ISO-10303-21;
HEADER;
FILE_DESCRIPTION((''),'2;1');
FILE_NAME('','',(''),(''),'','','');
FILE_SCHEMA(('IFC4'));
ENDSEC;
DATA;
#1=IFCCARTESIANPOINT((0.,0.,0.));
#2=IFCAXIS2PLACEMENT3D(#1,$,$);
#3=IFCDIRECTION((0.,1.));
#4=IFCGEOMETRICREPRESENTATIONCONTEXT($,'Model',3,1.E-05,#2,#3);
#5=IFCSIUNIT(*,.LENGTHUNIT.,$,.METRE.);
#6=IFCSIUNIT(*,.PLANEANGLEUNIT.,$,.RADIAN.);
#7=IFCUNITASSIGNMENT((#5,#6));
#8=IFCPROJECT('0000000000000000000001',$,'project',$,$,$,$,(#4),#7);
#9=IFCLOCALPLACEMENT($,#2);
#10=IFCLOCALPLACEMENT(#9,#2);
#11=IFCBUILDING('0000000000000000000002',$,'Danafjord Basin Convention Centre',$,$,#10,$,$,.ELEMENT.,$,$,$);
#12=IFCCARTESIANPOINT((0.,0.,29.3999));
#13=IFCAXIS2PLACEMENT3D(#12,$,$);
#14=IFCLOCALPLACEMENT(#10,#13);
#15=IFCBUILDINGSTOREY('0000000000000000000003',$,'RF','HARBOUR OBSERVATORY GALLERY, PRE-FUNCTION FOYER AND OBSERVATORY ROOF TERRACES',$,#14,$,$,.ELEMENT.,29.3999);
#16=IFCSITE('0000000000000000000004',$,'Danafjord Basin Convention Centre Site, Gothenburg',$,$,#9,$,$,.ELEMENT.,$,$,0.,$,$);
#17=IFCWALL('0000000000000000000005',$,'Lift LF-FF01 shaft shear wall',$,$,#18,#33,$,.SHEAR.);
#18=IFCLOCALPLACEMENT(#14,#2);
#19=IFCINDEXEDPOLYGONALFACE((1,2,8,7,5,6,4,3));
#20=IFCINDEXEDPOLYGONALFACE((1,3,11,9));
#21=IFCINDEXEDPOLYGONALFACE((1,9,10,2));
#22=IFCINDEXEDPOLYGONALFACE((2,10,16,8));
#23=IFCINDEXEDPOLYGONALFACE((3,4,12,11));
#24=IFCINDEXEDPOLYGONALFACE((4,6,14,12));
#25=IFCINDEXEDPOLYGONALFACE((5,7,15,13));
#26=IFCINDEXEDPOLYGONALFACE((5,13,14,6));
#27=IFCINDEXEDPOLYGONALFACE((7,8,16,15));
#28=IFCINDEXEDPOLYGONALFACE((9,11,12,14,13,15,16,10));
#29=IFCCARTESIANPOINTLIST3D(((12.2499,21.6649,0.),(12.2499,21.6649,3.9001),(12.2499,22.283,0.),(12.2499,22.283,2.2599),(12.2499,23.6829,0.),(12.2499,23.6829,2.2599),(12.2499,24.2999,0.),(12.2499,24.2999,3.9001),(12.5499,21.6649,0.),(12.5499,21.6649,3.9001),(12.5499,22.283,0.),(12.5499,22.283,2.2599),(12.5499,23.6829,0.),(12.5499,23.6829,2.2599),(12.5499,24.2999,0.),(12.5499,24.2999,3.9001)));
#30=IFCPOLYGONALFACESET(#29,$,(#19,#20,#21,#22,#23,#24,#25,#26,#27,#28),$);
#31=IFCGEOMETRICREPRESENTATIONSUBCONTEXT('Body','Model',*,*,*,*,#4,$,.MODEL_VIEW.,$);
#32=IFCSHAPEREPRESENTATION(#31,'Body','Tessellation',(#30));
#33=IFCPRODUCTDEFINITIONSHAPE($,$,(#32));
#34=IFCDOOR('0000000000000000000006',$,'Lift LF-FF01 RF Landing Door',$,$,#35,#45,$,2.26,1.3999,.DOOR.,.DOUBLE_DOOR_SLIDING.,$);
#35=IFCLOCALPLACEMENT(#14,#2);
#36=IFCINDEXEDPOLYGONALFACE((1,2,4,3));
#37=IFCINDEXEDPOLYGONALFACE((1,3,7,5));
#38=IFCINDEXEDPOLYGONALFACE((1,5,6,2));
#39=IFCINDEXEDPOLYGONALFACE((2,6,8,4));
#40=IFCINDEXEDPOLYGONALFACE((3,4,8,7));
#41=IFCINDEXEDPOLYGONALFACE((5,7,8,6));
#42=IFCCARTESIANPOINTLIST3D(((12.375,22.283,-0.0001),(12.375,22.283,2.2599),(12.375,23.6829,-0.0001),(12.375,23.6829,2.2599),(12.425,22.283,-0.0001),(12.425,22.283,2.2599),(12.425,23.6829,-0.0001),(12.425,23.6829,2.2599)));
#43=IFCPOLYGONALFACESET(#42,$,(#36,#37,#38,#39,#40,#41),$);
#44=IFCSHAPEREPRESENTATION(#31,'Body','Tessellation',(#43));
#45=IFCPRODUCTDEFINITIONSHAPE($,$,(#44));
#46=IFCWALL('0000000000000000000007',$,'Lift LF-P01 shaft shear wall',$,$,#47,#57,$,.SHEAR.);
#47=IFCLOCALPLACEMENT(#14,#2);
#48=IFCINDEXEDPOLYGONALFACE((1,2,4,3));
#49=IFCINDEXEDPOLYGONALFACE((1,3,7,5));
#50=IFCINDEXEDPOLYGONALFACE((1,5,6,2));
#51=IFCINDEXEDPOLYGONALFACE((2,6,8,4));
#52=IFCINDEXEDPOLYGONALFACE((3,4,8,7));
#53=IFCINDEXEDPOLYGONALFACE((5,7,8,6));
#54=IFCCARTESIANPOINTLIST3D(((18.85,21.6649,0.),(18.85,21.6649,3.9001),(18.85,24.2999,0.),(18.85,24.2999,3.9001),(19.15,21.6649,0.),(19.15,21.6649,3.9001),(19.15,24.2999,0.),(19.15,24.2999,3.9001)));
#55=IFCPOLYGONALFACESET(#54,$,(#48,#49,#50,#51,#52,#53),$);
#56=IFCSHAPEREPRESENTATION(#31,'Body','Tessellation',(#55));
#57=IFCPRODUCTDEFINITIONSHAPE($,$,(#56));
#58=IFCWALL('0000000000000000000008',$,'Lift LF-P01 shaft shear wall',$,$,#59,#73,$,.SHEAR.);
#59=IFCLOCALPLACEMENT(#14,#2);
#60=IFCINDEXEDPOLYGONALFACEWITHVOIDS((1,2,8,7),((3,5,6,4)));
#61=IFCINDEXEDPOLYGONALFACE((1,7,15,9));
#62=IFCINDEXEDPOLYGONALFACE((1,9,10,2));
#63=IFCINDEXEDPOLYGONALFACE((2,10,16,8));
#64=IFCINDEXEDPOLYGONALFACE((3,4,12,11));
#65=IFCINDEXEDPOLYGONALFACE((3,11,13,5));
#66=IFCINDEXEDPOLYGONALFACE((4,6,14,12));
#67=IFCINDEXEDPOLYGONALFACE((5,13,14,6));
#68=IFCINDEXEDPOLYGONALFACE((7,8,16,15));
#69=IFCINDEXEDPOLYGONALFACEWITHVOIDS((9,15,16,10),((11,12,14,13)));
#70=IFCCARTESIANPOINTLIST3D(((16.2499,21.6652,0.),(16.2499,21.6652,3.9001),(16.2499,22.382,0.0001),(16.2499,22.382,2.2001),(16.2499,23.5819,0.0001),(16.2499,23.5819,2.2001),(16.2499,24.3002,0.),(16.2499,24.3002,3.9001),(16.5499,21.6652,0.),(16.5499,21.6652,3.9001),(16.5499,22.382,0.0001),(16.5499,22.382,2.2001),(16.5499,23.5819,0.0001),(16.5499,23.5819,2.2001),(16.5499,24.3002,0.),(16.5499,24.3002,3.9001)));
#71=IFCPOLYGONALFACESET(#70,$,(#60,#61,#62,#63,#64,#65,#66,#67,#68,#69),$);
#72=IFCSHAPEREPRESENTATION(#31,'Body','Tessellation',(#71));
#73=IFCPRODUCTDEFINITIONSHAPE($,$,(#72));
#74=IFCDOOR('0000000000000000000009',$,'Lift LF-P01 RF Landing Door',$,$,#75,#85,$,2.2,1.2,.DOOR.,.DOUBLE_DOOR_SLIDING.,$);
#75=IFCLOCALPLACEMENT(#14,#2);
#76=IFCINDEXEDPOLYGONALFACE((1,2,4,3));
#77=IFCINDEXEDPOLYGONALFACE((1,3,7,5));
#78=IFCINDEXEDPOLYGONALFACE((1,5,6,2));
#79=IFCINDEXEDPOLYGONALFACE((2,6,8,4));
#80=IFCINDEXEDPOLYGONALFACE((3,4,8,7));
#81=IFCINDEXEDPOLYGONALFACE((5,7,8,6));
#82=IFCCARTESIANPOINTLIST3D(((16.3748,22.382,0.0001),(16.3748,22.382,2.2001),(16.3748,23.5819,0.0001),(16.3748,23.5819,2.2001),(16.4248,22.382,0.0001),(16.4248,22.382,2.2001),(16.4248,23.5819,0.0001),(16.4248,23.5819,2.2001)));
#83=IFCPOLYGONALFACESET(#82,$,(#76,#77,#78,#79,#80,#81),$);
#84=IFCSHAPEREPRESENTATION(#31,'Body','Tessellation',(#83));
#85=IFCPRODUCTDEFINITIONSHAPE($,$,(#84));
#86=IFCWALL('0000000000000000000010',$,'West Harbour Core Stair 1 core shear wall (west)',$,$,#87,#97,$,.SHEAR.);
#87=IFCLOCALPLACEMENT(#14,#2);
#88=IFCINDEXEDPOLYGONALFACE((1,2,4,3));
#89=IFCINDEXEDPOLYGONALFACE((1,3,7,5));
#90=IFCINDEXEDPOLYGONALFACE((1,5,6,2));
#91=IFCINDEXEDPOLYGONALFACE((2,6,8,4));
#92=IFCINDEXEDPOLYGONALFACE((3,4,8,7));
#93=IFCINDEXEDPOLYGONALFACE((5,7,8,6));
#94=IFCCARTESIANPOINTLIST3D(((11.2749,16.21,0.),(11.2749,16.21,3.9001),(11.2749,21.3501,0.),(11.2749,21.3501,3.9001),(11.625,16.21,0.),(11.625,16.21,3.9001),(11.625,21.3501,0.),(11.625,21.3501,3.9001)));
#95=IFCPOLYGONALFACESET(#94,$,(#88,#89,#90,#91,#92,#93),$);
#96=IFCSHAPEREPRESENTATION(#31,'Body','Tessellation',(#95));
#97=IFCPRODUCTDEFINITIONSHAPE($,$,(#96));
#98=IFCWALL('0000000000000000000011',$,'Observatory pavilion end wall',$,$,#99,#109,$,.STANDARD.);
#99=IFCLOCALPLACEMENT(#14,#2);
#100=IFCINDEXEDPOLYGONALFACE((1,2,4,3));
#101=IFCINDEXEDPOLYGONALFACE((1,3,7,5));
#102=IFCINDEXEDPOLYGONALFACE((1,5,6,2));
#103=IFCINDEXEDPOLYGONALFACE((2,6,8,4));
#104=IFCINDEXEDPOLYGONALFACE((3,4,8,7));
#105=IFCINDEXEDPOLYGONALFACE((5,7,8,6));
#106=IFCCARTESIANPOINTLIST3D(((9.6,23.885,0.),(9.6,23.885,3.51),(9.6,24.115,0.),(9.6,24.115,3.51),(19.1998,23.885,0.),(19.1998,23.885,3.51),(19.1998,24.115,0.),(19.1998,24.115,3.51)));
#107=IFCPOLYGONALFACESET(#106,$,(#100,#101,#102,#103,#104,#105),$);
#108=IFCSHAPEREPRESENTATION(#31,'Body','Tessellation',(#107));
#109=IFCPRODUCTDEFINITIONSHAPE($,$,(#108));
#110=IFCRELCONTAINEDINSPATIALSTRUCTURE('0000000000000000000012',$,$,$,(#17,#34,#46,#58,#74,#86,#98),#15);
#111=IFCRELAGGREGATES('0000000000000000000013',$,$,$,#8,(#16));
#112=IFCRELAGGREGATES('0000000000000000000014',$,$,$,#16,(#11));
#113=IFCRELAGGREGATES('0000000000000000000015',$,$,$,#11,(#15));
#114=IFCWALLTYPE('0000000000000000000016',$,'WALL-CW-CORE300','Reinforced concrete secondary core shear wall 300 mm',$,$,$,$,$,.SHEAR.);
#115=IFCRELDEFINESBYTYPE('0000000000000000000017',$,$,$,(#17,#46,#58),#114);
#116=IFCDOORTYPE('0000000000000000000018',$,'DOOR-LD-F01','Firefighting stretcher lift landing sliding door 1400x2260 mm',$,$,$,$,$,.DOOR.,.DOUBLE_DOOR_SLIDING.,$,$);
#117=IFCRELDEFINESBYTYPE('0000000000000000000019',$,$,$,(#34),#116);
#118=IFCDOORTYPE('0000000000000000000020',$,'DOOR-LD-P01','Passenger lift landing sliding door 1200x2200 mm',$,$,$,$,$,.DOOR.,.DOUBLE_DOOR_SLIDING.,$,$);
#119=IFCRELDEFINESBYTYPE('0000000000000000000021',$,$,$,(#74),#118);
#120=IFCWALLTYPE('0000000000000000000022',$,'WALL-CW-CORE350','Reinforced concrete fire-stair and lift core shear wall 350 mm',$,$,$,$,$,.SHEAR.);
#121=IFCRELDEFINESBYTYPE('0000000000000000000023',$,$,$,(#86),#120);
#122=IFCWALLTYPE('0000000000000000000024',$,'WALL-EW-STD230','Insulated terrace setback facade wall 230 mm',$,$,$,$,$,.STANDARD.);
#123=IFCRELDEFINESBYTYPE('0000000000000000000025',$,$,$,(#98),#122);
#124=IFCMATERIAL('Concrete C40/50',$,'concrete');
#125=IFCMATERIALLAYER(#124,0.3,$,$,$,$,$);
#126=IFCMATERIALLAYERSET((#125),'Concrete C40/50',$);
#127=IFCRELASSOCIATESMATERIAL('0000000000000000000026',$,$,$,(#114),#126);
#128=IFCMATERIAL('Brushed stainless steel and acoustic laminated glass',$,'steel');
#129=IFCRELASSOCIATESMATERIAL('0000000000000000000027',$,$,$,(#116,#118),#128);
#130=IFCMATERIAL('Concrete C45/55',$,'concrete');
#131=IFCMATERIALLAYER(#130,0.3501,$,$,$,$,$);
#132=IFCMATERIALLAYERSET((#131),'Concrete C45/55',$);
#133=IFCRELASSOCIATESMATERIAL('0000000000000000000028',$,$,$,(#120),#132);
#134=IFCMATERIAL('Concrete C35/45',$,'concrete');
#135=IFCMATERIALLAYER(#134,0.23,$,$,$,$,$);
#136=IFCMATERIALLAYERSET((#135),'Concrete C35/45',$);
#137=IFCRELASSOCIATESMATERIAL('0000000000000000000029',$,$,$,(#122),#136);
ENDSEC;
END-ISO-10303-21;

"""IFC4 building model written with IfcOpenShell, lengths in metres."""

from ifc_helpers import new_model, si_unit, direction, frame, frame_2d, origin, place, context, subcontext, project, spatial, rectangle, extrude, material, layer, layer_set, type_object, element, fill, save


model = new_model("IFC4")

# Units and contexts
model_context = context("Model", 3, precision=1e-05, world=origin(), true_north=direction((0.0, 1.0)))
body_context = subcontext(model_context, "Body", "Model", "MODEL_VIEW")
ifc_project = project(units=[si_unit("LENGTHUNIT", "METRE"), si_unit("PLANEANGLEUNIT", "RADIAN")], contexts=[model_context])

# Site, building, storey
site_placement = place(None, origin())
site = spatial("IfcSite", under=ifc_project, at=site_placement, Name="Danafjord Basin Convention Centre Site, Gothenburg", CompositionType="ELEMENT", RefElevation=0.0)
building_placement = place(site_placement, origin())
building = spatial("IfcBuilding", under=site, at=building_placement, Name="Danafjord Basin Convention Centre", CompositionType="ELEMENT")
storey_placement = place(building_placement, frame((0.0, 0.0, 29.3999)))
storey = spatial("IfcBuildingStorey", under=building, at=storey_placement, Name="RF", Description="HARBOUR OBSERVATORY GALLERY, PRE-FUNCTION FOYER AND OBSERVATORY ROOF TERRACES", CompositionType="ELEMENT", Elevation=29.3999)

# Shared definitions
ifc_material_1 = material(Name="Concrete C35/45", Category="concrete")

# Shared definitions
ifc_material_2 = material(Name="Concrete C40/50", Category="concrete")
ifc_layer_1 = layer(ifc_material_2, 0.3)
ifc_layer_set_1 = layer_set([ifc_layer_1], Name="Concrete C40/50")
wall_type_1 = type_object("IfcWallType", Name="WALL-CW-CORE300", Description="Reinforced concrete secondary core shear wall 300 mm", PredefinedType="SHEAR", material=ifc_layer_set_1)

# Wall, opening, door
wall_1_placement = place(storey_placement, frame((12.3999, 21.665, 0.0), z_axis=(0.0, 0.0, 1.0), x_axis=(0.0, 1.0, 0.0)))
wall_1 = element("IfcWall", 1, at=wall_1_placement, inside=storey, type_object=wall_type_1, Name="Lift LF-FF01 shaft shear wall", PredefinedType="SHEAR", context=body_context, shape_type="SweptSolid", body=[
    extrude(rectangle(XDim=2.635, YDim=0.3, at=frame_2d((1.3174, 0.0))), origin(), (0.0, 0.0, 1.0), 3.9001),
])
opening_1_placement = place(wall_1_placement, frame((0.6179, 0.0, 0.0)))
opening_1 = element("IfcOpeningElement", 2, at=opening_1_placement, cuts=wall_1, PredefinedType="OPENING", context=body_context, shape_type="SweptSolid", body=[
    extrude(rectangle(XDim=1.3999, YDim=2.26, at=frame_2d((0.7, 1.1299))), frame((0.0, 0.1599, 0.0), z_axis=(0.0, -1.0, 0.0), x_axis=(1.0, 0.0, 0.0)), (0.0, 0.0, 1.0), 0.3201),
])
ifc_material_3 = material(Name="Brushed stainless steel and acoustic laminated glass", Category="steel")
door_type_1 = type_object("IfcDoorType", Name="DOOR-LD-F01", Description="Firefighting stretcher lift landing sliding door 1400x2260 mm", OperationType="DOUBLE_DOOR_SLIDING", PredefinedType="DOOR", material=ifc_material_3)
door_1_placement = place(opening_1_placement, origin())
door_1 = element("IfcDoor", 3, at=door_1_placement, inside=storey, type_object=door_type_1, Name="Lift LF-FF01 RF Landing Door", OperationType="DOUBLE_DOOR_SLIDING", OverallHeight=2.26, OverallWidth=1.3999, PredefinedType="DOOR", context=body_context, shape_type="SweptSolid", body=[
    extrude(rectangle(XDim=1.3999, YDim=2.26, at=frame_2d((0.7, 1.1299))), frame((0.0, 0.0249, 0.0), z_axis=(0.0, -1.0, 0.0), x_axis=(1.0, 0.0, 0.0)), (0.0, 0.0, 1.0), 0.05),
])
fill(opening_1, door_1)

# Wall
wall_2_placement = place(storey_placement, frame((19.0, 21.665, 0.0), z_axis=(0.0, 0.0, 1.0), x_axis=(0.0, 1.0, 0.0)))
element("IfcWall", 4, at=wall_2_placement, inside=storey, type_object=wall_type_1, Name="Lift LF-P01 shaft shear wall", PredefinedType="SHEAR", context=body_context, shape_type="SweptSolid", body=[
    extrude(rectangle(XDim=2.635, YDim=0.3, at=frame_2d((1.3174, 0.0))), origin(), (0.0, 0.0, 1.0), 3.9001),
])

# Wall, opening, door
wall_3_placement = place(storey_placement, frame((16.3999, 24.3, 0.0), z_axis=(0.0, 0.0, 1.0), x_axis=(0.0, -1.0, 0.0)))
wall_3 = element("IfcWall", 5, at=wall_3_placement, inside=storey, type_object=wall_type_1, Name="Lift LF-P01 shaft shear wall", PredefinedType="SHEAR", context=body_context, shape_type="SweptSolid", body=[
    extrude(rectangle(XDim=2.635, YDim=0.3, at=frame_2d((1.3174, 0.0))), origin(), (0.0, 0.0, 1.0), 3.9001),
])
opening_2_placement = place(wall_3_placement, frame((0.718, 0.0, 0.0)))
opening_2 = element("IfcOpeningElement", 6, at=opening_2_placement, cuts=wall_3, PredefinedType="OPENING", context=body_context, shape_type="SweptSolid", body=[
    extrude(rectangle(XDim=1.2, YDim=2.2, at=frame_2d((0.6001, 1.1001))), frame((0.0, 0.1599, 0.0), z_axis=(0.0, -1.0, 0.0), x_axis=(1.0, 0.0, 0.0)), (0.0, 0.0, 1.0), 0.3201),
])
door_type_2 = type_object("IfcDoorType", Name="DOOR-LD-P01", Description="Passenger lift landing sliding door 1200x2200 mm", OperationType="DOUBLE_DOOR_SLIDING", PredefinedType="DOOR", material=ifc_material_3)
door_2_placement = place(opening_2_placement, origin())
door_2 = element("IfcDoor", 7, at=door_2_placement, inside=storey, type_object=door_type_2, Name="Lift LF-P01 RF Landing Door", OperationType="DOUBLE_DOOR_SLIDING", OverallHeight=2.2, OverallWidth=1.2, PredefinedType="DOOR", context=body_context, shape_type="SweptSolid", body=[
    extrude(rectangle(XDim=1.2, YDim=2.2, at=frame_2d((0.6001, 1.1001))), frame((0.0, 0.0249, 0.0), z_axis=(0.0, -1.0, 0.0), x_axis=(1.0, 0.0, 0.0)), (0.0, 0.0, 1.0), 0.05),
])
fill(opening_2, door_2)

# Walls
ifc_material_4 = material(Name="Concrete C45/55", Category="concrete")
ifc_layer_2 = layer(ifc_material_4, 0.3501)
ifc_layer_set_2 = layer_set([ifc_layer_2], Name="Concrete C45/55")
wall_type_2 = type_object("IfcWallType", Name="WALL-CW-CORE350", Description="Reinforced concrete fire-stair and lift core shear wall 350 mm", PredefinedType="SHEAR", material=ifc_layer_set_2)
wall_4_placement = place(storey_placement, frame((11.45, 21.3501, 0.0), z_axis=(0.0, 0.0, 1.0), x_axis=(0.0, -1.0, 0.0)))
element("IfcWall", 8, at=wall_4_placement, inside=storey, type_object=wall_type_2, Name="West Harbour Core Stair 1 core shear wall (west)", PredefinedType="SHEAR", context=body_context, shape_type="SweptSolid", body=[
    extrude(rectangle(XDim=5.1401, YDim=0.3501, at=frame_2d((2.5701, 0.0))), origin(), (0.0, 0.0, 1.0), 3.9001),
])
ifc_layer_3 = layer(ifc_material_1, 0.23)
ifc_layer_set_3 = layer_set([ifc_layer_3], Name="Concrete C35/45")
wall_type_3 = type_object("IfcWallType", Name="WALL-EW-STD230", Description="Insulated terrace setback facade wall 230 mm", PredefinedType="STANDARD", material=ifc_layer_set_3)
wall_5_placement = place(storey_placement, frame((9.6001, 24.0, 0.0), z_axis=(0.0, 0.0, 1.0), x_axis=(1.0, 0.0, 0.0)))
element("IfcWall", 9, at=wall_5_placement, inside=storey, type_object=wall_type_3, Name="Observatory pavilion end wall", PredefinedType="STANDARD", context=body_context, shape_type="SweptSolid", body=[
    extrude(rectangle(XDim=9.5999, YDim=0.23, at=frame_2d((4.7998, 0.0))), origin(), (0.0, 0.0, 1.0), 3.51),
])

save(model, "model.ifc")
